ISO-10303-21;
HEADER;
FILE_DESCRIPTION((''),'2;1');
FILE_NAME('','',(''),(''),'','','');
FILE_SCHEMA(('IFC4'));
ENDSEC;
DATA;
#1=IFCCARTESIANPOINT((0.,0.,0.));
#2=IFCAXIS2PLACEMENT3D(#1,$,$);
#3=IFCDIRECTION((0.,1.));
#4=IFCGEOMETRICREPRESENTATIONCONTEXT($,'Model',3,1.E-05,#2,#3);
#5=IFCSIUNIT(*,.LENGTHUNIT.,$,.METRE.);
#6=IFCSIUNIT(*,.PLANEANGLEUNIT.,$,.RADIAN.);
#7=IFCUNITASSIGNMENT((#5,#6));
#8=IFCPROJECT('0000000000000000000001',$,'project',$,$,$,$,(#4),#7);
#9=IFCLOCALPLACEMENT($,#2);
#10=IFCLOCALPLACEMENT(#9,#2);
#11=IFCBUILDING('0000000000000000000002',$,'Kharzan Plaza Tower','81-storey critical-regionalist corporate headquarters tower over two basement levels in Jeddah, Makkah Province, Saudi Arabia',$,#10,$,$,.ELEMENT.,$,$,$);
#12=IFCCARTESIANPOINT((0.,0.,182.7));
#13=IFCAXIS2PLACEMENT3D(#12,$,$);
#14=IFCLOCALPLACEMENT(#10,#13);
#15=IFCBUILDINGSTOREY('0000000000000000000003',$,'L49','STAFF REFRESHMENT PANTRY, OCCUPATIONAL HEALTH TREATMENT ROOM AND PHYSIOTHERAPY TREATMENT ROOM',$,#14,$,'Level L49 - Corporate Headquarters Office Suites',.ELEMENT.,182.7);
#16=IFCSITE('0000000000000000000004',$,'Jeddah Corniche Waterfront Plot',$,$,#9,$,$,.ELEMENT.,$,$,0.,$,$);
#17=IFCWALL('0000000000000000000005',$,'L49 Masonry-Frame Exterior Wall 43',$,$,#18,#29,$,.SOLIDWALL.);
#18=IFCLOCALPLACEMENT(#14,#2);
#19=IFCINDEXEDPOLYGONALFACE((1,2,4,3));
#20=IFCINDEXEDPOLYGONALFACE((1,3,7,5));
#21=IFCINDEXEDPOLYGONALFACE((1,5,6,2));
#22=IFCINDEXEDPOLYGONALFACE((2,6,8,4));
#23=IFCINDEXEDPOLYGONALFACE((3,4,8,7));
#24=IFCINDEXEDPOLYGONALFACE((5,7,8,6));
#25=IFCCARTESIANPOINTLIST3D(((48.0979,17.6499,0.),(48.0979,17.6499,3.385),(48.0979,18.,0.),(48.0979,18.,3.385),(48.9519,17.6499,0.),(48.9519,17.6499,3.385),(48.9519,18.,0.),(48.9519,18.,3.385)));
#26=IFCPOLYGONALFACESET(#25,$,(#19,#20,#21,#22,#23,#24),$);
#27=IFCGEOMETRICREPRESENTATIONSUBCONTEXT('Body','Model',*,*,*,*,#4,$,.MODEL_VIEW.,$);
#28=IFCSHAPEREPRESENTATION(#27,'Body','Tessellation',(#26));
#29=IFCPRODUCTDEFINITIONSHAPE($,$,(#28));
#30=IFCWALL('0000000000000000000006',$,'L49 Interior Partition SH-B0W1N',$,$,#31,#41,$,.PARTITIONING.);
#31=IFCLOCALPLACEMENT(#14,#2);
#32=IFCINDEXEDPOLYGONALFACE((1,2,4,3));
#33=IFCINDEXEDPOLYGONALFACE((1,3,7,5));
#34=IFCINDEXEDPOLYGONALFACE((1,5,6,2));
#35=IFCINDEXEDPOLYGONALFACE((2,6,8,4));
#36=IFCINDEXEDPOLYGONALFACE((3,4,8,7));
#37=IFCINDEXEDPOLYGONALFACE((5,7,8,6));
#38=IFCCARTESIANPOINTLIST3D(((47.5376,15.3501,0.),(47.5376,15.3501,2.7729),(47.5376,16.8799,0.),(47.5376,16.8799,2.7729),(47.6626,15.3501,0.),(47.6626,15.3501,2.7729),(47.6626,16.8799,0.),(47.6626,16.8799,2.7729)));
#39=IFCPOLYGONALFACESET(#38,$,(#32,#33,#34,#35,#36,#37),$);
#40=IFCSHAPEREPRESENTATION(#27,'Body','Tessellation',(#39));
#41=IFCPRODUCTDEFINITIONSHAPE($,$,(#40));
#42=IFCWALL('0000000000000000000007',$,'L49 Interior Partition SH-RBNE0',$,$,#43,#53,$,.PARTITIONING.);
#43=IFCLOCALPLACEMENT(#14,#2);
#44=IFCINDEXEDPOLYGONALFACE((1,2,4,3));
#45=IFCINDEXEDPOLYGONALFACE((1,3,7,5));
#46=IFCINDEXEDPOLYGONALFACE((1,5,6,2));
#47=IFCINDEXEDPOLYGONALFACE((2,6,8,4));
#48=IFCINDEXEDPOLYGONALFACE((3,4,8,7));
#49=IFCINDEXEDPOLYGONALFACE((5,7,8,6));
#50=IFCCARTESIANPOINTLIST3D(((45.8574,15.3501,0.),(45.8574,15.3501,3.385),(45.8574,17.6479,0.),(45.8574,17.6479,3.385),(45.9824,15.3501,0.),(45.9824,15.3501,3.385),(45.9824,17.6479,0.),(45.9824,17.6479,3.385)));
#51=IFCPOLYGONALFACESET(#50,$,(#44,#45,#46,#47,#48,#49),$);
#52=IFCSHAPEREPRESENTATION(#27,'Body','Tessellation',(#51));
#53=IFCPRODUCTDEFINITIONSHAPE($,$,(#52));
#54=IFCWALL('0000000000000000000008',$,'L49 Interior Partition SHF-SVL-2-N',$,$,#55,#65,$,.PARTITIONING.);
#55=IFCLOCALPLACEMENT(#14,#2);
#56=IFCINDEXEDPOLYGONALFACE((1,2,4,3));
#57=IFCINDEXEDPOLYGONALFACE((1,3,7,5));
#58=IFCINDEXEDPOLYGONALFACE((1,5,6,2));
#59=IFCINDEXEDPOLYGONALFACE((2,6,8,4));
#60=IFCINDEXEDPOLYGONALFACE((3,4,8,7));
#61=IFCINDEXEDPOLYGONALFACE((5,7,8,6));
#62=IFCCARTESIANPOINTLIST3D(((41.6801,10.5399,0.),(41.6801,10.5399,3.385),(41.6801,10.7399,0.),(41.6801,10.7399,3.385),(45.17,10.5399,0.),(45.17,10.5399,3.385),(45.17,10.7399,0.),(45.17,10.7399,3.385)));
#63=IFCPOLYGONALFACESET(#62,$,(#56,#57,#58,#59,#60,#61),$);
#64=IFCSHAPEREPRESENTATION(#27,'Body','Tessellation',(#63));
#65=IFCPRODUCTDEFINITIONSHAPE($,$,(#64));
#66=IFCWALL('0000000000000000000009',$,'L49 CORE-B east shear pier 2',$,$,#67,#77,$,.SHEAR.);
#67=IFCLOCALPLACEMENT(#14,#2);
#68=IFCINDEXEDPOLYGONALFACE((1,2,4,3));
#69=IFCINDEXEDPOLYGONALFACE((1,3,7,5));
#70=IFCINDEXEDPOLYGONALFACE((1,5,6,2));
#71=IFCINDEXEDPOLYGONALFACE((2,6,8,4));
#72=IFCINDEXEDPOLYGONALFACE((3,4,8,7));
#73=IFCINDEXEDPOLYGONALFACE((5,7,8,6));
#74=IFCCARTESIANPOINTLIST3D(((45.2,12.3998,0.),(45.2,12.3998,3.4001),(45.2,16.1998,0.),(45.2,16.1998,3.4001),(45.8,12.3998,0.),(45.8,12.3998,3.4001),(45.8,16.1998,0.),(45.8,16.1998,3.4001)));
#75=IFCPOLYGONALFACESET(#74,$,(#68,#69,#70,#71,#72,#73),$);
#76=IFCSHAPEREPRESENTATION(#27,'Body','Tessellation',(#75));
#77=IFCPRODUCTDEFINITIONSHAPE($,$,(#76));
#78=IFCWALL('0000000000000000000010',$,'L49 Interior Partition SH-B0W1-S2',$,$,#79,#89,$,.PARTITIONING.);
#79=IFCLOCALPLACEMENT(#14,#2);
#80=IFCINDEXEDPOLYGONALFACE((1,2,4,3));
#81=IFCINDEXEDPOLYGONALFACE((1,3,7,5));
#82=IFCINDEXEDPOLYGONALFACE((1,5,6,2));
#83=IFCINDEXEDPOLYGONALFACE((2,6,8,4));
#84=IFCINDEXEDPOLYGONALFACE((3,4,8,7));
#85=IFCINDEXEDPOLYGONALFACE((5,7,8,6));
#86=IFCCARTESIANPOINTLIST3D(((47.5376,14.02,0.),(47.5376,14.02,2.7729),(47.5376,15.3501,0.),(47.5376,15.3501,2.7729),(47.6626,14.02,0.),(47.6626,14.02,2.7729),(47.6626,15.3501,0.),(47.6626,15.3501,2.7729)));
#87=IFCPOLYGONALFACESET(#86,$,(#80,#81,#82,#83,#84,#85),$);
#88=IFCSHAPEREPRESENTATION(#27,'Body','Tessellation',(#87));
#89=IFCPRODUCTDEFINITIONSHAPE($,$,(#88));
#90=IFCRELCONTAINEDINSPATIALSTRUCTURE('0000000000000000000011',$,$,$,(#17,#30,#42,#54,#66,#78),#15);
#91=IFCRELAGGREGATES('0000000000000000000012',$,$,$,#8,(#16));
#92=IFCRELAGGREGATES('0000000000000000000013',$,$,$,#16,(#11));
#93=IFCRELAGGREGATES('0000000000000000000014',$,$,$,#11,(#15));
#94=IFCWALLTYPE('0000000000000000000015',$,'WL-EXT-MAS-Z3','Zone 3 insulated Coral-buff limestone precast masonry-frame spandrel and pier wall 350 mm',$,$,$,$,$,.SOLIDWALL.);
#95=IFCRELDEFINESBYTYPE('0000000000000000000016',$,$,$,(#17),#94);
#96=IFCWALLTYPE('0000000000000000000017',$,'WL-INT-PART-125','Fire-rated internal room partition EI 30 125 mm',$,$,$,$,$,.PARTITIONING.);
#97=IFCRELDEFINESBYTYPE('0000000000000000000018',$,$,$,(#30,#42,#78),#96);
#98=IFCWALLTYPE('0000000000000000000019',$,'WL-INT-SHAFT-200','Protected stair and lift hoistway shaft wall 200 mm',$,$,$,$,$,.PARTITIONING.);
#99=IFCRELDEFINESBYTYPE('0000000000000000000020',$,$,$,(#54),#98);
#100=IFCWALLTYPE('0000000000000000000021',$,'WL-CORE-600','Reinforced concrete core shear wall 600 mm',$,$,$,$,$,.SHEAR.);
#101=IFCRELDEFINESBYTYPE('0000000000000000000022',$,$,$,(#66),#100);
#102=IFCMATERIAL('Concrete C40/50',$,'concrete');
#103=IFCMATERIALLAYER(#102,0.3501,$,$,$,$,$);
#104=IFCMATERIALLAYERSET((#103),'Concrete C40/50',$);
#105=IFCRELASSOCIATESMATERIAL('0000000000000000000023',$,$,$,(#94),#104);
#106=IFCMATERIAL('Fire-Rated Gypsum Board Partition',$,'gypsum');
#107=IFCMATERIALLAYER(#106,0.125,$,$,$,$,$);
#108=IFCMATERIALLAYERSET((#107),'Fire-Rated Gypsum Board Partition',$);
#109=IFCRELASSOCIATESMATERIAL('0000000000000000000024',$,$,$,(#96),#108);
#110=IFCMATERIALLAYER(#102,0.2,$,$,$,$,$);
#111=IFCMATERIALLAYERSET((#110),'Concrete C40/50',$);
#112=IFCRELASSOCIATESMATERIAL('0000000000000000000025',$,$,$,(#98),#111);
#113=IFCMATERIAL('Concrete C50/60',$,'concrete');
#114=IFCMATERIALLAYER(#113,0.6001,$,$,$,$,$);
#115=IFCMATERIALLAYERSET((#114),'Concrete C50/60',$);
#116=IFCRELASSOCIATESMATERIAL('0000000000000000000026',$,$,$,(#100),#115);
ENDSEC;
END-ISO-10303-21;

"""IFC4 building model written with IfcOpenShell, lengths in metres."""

from ifc_helpers import new_model, si_unit, direction, frame, frame_2d, origin, place, context, subcontext, project, spatial, rectangle, extrude, source, transform, mapped, material, layer, layer_set, type_object, element, save


model = new_model("IFC4")

# Units and contexts
model_context = context("Model", 3, precision=1e-05, world=origin(), true_north=direction((0.0, 1.0)))
body_context = subcontext(model_context, "Body", "Model", "MODEL_VIEW")
ifc_project = project(units=[si_unit("LENGTHUNIT", "METRE"), si_unit("PLANEANGLEUNIT", "RADIAN")], contexts=[model_context])

# Site, building, storey
site_placement = place(None, origin())
site = spatial("IfcSite", under=ifc_project, at=site_placement, Name="Jeddah Corniche Waterfront Plot", CompositionType="ELEMENT", RefElevation=0.0)
building_placement = place(site_placement, origin())
building = spatial("IfcBuilding", under=site, at=building_placement, Name="Kharzan Plaza Tower", Description="81-storey critical-regionalist corporate headquarters tower over two basement levels in Jeddah, Makkah Province, Saudi Arabia", CompositionType="ELEMENT")
storey_placement = place(building_placement, frame((0.0, 0.0, 182.7)))
storey = spatial("IfcBuildingStorey", under=building, at=storey_placement, Name="L49", Description="STAFF REFRESHMENT PANTRY, OCCUPATIONAL HEALTH TREATMENT ROOM AND PHYSIOTHERAPY TREATMENT ROOM", LongName="Level L49 - Corporate Headquarters Office Suites", CompositionType="ELEMENT", Elevation=182.7)

# Shared definitions
ifc_material_1 = material(Name="Concrete C50/60", Category="concrete")

# Shared definitions
ifc_material_2 = material(Name="Concrete C40/50", Category="concrete")
ifc_layer_1 = layer(ifc_material_2, 0.3501)
ifc_layer_set_1 = layer_set([ifc_layer_1], Name="Concrete C40/50")
wall_type_1 = type_object("IfcWallType", Name="WL-EXT-MAS-Z3", Description="Zone 3 insulated Coral-buff limestone precast masonry-frame spandrel and pier wall 350 mm", PredefinedType="SOLIDWALL", material=ifc_layer_set_1)

# Walls
shared_shape_1 = source(origin(), body_context, "Body", "SweptSolid", [
    extrude(rectangle(XDim=0.854, YDim=0.3501, at=frame_2d((0.427, 0.0))), origin(), (0.0, 0.0, 1.0), 3.385),
])
wall_1_placement = place(storey_placement, frame((48.9519, 17.825, 0.0), z_axis=(0.0, 0.0, 1.0), x_axis=(-1.0, 0.0, 0.0)))
element("IfcWall", 1, at=wall_1_placement, inside=storey, type_object=wall_type_1, Name="L49 Masonry-Frame Exterior Wall 43", PredefinedType="SOLIDWALL", context=body_context, shape_type="MappedRepresentation", body=[
    mapped(shared_shape_1, transform((0.0, 0.0, 0.0), x_axis=(1.0, 0.0, 0.0), y_axis=(0.0, 1.0, 0.0), z_axis=(0.0, 0.0, 1.0))),
])
ifc_material_3 = material(Name="Fire-Rated Gypsum Board Partition", Category="gypsum")
ifc_layer_2 = layer(ifc_material_3, 0.125)
ifc_layer_set_2 = layer_set([ifc_layer_2], Name="Fire-Rated Gypsum Board Partition")
wall_type_2 = type_object("IfcWallType", Name="WL-INT-PART-125", Description="Fire-rated internal room partition EI 30 125 mm", PredefinedType="PARTITIONING", material=ifc_layer_set_2)
shared_shape_2 = source(origin(), body_context, "Body", "SweptSolid", [
    extrude(rectangle(XDim=1.5298, YDim=0.125, at=frame_2d((0.7649, 0.0))), origin(), (0.0, 0.0, 1.0), 2.7729),
])
wall_2_placement = place(storey_placement, frame((47.6001, 15.3501, 0.0), z_axis=(0.0, 0.0, 1.0), x_axis=(0.0, 1.0, 0.0)))
element("IfcWall", 2, at=wall_2_placement, inside=storey, type_object=wall_type_2, Name="L49 Interior Partition SH-B0W1N", PredefinedType="PARTITIONING", context=body_context, shape_type="MappedRepresentation", body=[
    mapped(shared_shape_2, transform((0.0, 0.0, 0.0), x_axis=(1.0, 0.0, 0.0), y_axis=(0.0, 1.0, 0.0), z_axis=(0.0, 0.0, 1.0))),
])
shared_shape_3 = source(origin(), body_context, "Body", "SweptSolid", [
    extrude(rectangle(XDim=2.2979, YDim=0.125, at=frame_2d((1.1489, 0.0))), origin(), (0.0, 0.0, 1.0), 3.385),
])
wall_3_placement = place(storey_placement, frame((45.9199, 15.3501, 0.0), z_axis=(0.0, 0.0, 1.0), x_axis=(0.0, 1.0, 0.0)))
element("IfcWall", 3, at=wall_3_placement, inside=storey, type_object=wall_type_2, Name="L49 Interior Partition SH-RBNE0", PredefinedType="PARTITIONING", context=body_context, shape_type="MappedRepresentation", body=[
    mapped(shared_shape_3, transform((0.0, 0.0, 0.0), x_axis=(1.0, 0.0, 0.0), y_axis=(0.0, 1.0, 0.0), z_axis=(0.0, 0.0, 1.0))),
])
ifc_layer_3 = layer(ifc_material_2, 0.2)
ifc_layer_set_3 = layer_set([ifc_layer_3], Name="Concrete C40/50")
wall_type_3 = type_object("IfcWallType", Name="WL-INT-SHAFT-200", Description="Protected stair and lift hoistway shaft wall 200 mm", PredefinedType="PARTITIONING", material=ifc_layer_set_3)
shared_shape_4 = source(origin(), body_context, "Body", "SweptSolid", [
    extrude(rectangle(XDim=3.49, YDim=0.2, at=frame_2d((1.7451, 0.0))), origin(), (0.0, 0.0, 1.0), 3.385),
])
wall_4_placement = place(storey_placement, frame((41.6799, 10.6399, 0.0), z_axis=(0.0, 0.0, 1.0), x_axis=(1.0, 0.0, 0.0)))
element("IfcWall", 4, at=wall_4_placement, inside=storey, type_object=wall_type_3, Name="L49 Interior Partition SHF-SVL-2-N", PredefinedType="PARTITIONING", context=body_context, shape_type="MappedRepresentation", body=[
    mapped(shared_shape_4, transform((0.0, 0.0, 0.0), x_axis=(1.0, 0.0, 0.0), y_axis=(0.0, 1.0, 0.0), z_axis=(0.0, 0.0, 1.0))),
])
ifc_layer_4 = layer(ifc_material_1, 0.6001)
ifc_layer_set_4 = layer_set([ifc_layer_4], Name="Concrete C50/60")
wall_type_4 = type_object("IfcWallType", Name="WL-CORE-600", Description="Reinforced concrete core shear wall 600 mm", PredefinedType="SHEAR", material=ifc_layer_set_4)
shared_shape_5 = source(origin(), body_context, "Body", "SweptSolid", [
    extrude(rectangle(XDim=3.8, YDim=0.6001, at=frame_2d((1.8999, 0.0))), origin(), (0.0, 0.0, 1.0), 3.4001),
])
wall_5_placement = place(storey_placement, frame((45.5, 12.3999, 0.0), z_axis=(0.0, 0.0, 1.0), x_axis=(0.0, 1.0, 0.0)))
element("IfcWall", 5, at=wall_5_placement, inside=storey, type_object=wall_type_4, Name="L49 CORE-B east shear pier 2", PredefinedType="SHEAR", context=body_context, shape_type="MappedRepresentation", body=[
    mapped(shared_shape_5, transform((0.0, 0.0, 0.0), x_axis=(1.0, 0.0, 0.0), y_axis=(0.0, 1.0, 0.0), z_axis=(0.0, 0.0, 1.0))),
])
shared_shape_6 = source(origin(), body_context, "Body", "SweptSolid", [
    extrude(rectangle(XDim=1.3301, YDim=0.125, at=frame_2d((0.665, 0.0))), origin(), (0.0, 0.0, 1.0), 2.7729),
])
wall_6_placement = place(storey_placement, frame((47.6001, 14.02, 0.0), z_axis=(0.0, 0.0, 1.0), x_axis=(0.0, 1.0, 0.0)))
element("IfcWall", 6, at=wall_6_placement, inside=storey, type_object=wall_type_2, Name="L49 Interior Partition SH-B0W1-S2", PredefinedType="PARTITIONING", context=body_context, shape_type="MappedRepresentation", body=[
    mapped(shared_shape_6, transform((0.0, 0.0, 0.0), x_axis=(1.0, 0.0, 0.0), y_axis=(0.0, 1.0, 0.0), z_axis=(0.0, 0.0, 1.0))),
])

save(model, "model.ifc")
